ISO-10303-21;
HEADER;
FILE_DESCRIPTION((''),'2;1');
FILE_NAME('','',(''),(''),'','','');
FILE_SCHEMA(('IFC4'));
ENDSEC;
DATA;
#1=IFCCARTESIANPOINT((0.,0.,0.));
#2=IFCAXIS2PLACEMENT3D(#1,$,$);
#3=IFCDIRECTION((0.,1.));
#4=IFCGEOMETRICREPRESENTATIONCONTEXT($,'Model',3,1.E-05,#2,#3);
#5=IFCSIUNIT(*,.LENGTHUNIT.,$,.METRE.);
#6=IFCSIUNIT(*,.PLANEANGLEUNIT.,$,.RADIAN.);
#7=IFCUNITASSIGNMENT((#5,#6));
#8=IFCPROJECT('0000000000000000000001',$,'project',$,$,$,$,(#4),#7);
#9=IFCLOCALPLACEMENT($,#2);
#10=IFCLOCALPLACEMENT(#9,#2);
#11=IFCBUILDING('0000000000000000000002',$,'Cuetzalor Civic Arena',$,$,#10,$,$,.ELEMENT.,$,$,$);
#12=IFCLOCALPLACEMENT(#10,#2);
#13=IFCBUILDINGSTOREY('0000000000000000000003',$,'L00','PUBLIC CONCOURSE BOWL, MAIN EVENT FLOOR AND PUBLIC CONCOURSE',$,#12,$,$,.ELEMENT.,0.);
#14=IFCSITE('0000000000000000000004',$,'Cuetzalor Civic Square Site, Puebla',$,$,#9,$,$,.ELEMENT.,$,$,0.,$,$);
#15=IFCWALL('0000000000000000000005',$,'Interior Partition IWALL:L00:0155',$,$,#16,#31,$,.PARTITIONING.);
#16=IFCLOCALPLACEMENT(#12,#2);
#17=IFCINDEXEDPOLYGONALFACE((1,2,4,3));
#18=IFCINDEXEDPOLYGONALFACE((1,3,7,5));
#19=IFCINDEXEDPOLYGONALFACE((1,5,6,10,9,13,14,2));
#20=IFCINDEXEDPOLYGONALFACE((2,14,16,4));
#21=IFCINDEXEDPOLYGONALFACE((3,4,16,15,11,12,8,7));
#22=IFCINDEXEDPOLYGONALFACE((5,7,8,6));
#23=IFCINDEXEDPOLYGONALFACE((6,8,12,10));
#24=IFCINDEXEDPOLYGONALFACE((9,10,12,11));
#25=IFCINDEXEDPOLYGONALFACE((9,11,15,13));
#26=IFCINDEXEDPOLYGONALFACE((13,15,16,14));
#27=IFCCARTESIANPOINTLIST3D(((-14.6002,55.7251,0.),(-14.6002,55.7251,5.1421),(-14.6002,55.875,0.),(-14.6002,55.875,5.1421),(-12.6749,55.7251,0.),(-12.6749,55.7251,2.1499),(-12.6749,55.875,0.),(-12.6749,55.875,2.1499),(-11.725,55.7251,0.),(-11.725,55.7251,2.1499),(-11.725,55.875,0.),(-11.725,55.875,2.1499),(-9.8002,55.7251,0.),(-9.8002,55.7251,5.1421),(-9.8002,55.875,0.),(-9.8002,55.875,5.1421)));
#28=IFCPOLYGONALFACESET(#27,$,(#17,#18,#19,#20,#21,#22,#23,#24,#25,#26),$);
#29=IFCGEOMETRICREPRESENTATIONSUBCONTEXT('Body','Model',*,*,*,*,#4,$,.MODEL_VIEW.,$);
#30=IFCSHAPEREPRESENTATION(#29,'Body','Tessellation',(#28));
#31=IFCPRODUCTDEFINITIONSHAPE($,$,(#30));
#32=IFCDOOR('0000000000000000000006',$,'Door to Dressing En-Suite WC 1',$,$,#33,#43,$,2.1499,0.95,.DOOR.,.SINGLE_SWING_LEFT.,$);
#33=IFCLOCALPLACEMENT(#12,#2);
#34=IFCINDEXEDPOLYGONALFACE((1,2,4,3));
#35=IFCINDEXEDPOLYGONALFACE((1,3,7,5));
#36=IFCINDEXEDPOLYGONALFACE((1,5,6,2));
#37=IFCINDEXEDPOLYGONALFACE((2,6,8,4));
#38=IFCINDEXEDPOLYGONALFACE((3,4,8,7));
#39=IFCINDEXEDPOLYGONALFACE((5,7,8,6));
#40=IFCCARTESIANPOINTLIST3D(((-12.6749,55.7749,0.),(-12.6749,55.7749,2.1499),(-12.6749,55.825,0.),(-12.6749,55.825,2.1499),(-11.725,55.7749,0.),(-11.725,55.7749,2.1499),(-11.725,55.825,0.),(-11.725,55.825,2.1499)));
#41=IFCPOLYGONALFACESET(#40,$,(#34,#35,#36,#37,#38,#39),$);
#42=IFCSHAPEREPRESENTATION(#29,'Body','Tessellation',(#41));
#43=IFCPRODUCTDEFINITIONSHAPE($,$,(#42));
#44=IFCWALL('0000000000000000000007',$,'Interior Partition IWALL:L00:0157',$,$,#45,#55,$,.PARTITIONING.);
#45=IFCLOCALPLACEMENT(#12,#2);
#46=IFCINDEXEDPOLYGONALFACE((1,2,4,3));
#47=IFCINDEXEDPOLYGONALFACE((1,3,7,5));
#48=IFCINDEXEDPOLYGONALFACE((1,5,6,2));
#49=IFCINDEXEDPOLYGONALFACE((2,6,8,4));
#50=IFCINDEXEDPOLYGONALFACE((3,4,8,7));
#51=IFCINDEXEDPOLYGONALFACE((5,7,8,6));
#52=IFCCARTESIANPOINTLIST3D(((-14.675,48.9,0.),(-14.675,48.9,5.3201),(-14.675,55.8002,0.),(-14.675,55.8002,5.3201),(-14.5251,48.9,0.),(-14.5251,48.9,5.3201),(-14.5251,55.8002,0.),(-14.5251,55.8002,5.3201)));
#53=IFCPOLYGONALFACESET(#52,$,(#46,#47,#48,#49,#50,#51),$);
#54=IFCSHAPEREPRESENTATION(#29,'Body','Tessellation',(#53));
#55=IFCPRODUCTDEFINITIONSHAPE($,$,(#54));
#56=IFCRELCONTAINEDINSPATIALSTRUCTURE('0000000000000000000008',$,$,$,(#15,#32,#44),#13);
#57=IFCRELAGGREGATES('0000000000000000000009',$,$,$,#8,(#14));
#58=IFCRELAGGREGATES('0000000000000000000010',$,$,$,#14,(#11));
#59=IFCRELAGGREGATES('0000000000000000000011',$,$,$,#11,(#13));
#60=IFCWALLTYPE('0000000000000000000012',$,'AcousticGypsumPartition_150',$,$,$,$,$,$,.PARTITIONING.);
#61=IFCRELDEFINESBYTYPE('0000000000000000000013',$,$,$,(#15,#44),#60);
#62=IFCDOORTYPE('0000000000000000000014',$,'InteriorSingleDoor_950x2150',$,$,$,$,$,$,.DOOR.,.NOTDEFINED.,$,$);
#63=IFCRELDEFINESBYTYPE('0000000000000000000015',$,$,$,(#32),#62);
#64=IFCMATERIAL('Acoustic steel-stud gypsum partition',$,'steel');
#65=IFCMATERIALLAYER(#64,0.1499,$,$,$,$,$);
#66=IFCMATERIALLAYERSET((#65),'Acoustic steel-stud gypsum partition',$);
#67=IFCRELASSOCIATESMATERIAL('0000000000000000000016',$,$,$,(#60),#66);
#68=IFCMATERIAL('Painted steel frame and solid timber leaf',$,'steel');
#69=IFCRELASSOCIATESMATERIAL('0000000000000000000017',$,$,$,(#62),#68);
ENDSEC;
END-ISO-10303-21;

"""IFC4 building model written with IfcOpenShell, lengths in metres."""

from ifc_helpers import new_model, si_unit, direction, frame, frame_2d, origin, place, context, subcontext, project, spatial, rectangle, extrude, material, layer, layer_set, type_object, element, fill, save


model = new_model("IFC4")

# Units and contexts
model_context = context("Model", 3, precision=1e-05, world=origin(), true_north=direction((0.0, 1.0)))
body_context = subcontext(model_context, "Body", "Model", "MODEL_VIEW")
ifc_project = project(units=[si_unit("LENGTHUNIT", "METRE"), si_unit("PLANEANGLEUNIT", "RADIAN")], contexts=[model_context])

# Site, building, storey
site_placement = place(None, origin())
site = spatial("IfcSite", under=ifc_project, at=site_placement, Name="Cuetzalor Civic Square Site, Puebla", CompositionType="ELEMENT", RefElevation=0.0)
building_placement = place(site_placement, origin())
building = spatial("IfcBuilding", under=site, at=building_placement, Name="Cuetzalor Civic Arena", CompositionType="ELEMENT")
storey_placement = place(building_placement, origin())
storey = spatial("IfcBuildingStorey", under=building, at=storey_placement, Name="L00", Description="PUBLIC CONCOURSE BOWL, MAIN EVENT FLOOR AND PUBLIC CONCOURSE", CompositionType="ELEMENT", Elevation=0.0)

# Shared definitions
ifc_material_1 = material(Name="Acoustic steel-stud gypsum partition", Category="steel")
ifc_layer = layer(ifc_material_1, 0.1499)
ifc_layer_set = layer_set([ifc_layer], Name="Acoustic steel-stud gypsum partition")
wall_type = type_object("IfcWallType", Name="AcousticGypsumPartition_150", PredefinedType="PARTITIONING", material=ifc_layer_set)

# Wall, opening, door
wall_1_placement = place(storey_placement, frame((-14.6001, 55.8, 0.0), z_axis=(0.0, 0.0, 1.0), x_axis=(1.0, 0.0, 0.0)))
wall_1 = element("IfcWall", 1, at=wall_1_placement, inside=storey, type_object=wall_type, Name="Interior Partition IWALL:L00:0155", PredefinedType="PARTITIONING", context=body_context, shape_type="SweptSolid", body=[
    extrude(rectangle(XDim=4.8, YDim=0.1499, at=frame_2d((2.3999, 0.0))), origin(), (0.0, 0.0, 1.0), 5.1421),
])
opening_placement = place(wall_1_placement, frame((1.925, 0.0, 0.0)))
opening = element("IfcOpeningElement", 2, at=opening_placement, cuts=wall_1, PredefinedType="OPENING", context=body_context, shape_type="SweptSolid", body=[
    extrude(rectangle(XDim=0.95, YDim=2.1499, at=frame_2d((0.4751, 1.075))), frame((0.0, 0.085, 0.0), z_axis=(0.0, -1.0, 0.0), x_axis=(1.0, 0.0, 0.0)), (0.0, 0.0, 1.0), 0.1699),
])
ifc_material_2 = material(Name="Painted steel frame and solid timber leaf", Category="steel")
door_type = type_object("IfcDoorType", Name="InteriorSingleDoor_950x2150", OperationType="NOTDEFINED", PredefinedType="DOOR", material=ifc_material_2)
door_placement = place(opening_placement, origin())
door = element("IfcDoor", 3, at=door_placement, inside=storey, type_object=door_type, Name="Door to Dressing En-Suite WC 1", OperationType="SINGLE_SWING_LEFT", OverallHeight=2.1499, OverallWidth=0.95, PredefinedType="DOOR", context=body_context, shape_type="SweptSolid", body=[
    extrude(rectangle(XDim=0.95, YDim=2.1499, at=frame_2d((0.4751, 1.075))), frame((0.0, 0.0249, 0.0), z_axis=(0.0, -1.0, 0.0), x_axis=(1.0, 0.0, 0.0)), (0.0, 0.0, 1.0), 0.05),
])
fill(opening, door)

# Wall
wall_2_placement = place(storey_placement, frame((-14.6001, 48.8999, 0.0), z_axis=(0.0, 0.0, 1.0), x_axis=(0.0, 1.0, 0.0)))
element("IfcWall", 4, at=wall_2_placement, inside=storey, type_object=wall_type, Name="Interior Partition IWALL:L00:0157", PredefinedType="PARTITIONING", context=body_context, shape_type="SweptSolid", body=[
    extrude(rectangle(XDim=6.9001, YDim=0.1499, at=frame_2d((3.4502, 0.0))), origin(), (0.0, 0.0, 1.0), 5.3201),
])

save(model, "model.ifc")
